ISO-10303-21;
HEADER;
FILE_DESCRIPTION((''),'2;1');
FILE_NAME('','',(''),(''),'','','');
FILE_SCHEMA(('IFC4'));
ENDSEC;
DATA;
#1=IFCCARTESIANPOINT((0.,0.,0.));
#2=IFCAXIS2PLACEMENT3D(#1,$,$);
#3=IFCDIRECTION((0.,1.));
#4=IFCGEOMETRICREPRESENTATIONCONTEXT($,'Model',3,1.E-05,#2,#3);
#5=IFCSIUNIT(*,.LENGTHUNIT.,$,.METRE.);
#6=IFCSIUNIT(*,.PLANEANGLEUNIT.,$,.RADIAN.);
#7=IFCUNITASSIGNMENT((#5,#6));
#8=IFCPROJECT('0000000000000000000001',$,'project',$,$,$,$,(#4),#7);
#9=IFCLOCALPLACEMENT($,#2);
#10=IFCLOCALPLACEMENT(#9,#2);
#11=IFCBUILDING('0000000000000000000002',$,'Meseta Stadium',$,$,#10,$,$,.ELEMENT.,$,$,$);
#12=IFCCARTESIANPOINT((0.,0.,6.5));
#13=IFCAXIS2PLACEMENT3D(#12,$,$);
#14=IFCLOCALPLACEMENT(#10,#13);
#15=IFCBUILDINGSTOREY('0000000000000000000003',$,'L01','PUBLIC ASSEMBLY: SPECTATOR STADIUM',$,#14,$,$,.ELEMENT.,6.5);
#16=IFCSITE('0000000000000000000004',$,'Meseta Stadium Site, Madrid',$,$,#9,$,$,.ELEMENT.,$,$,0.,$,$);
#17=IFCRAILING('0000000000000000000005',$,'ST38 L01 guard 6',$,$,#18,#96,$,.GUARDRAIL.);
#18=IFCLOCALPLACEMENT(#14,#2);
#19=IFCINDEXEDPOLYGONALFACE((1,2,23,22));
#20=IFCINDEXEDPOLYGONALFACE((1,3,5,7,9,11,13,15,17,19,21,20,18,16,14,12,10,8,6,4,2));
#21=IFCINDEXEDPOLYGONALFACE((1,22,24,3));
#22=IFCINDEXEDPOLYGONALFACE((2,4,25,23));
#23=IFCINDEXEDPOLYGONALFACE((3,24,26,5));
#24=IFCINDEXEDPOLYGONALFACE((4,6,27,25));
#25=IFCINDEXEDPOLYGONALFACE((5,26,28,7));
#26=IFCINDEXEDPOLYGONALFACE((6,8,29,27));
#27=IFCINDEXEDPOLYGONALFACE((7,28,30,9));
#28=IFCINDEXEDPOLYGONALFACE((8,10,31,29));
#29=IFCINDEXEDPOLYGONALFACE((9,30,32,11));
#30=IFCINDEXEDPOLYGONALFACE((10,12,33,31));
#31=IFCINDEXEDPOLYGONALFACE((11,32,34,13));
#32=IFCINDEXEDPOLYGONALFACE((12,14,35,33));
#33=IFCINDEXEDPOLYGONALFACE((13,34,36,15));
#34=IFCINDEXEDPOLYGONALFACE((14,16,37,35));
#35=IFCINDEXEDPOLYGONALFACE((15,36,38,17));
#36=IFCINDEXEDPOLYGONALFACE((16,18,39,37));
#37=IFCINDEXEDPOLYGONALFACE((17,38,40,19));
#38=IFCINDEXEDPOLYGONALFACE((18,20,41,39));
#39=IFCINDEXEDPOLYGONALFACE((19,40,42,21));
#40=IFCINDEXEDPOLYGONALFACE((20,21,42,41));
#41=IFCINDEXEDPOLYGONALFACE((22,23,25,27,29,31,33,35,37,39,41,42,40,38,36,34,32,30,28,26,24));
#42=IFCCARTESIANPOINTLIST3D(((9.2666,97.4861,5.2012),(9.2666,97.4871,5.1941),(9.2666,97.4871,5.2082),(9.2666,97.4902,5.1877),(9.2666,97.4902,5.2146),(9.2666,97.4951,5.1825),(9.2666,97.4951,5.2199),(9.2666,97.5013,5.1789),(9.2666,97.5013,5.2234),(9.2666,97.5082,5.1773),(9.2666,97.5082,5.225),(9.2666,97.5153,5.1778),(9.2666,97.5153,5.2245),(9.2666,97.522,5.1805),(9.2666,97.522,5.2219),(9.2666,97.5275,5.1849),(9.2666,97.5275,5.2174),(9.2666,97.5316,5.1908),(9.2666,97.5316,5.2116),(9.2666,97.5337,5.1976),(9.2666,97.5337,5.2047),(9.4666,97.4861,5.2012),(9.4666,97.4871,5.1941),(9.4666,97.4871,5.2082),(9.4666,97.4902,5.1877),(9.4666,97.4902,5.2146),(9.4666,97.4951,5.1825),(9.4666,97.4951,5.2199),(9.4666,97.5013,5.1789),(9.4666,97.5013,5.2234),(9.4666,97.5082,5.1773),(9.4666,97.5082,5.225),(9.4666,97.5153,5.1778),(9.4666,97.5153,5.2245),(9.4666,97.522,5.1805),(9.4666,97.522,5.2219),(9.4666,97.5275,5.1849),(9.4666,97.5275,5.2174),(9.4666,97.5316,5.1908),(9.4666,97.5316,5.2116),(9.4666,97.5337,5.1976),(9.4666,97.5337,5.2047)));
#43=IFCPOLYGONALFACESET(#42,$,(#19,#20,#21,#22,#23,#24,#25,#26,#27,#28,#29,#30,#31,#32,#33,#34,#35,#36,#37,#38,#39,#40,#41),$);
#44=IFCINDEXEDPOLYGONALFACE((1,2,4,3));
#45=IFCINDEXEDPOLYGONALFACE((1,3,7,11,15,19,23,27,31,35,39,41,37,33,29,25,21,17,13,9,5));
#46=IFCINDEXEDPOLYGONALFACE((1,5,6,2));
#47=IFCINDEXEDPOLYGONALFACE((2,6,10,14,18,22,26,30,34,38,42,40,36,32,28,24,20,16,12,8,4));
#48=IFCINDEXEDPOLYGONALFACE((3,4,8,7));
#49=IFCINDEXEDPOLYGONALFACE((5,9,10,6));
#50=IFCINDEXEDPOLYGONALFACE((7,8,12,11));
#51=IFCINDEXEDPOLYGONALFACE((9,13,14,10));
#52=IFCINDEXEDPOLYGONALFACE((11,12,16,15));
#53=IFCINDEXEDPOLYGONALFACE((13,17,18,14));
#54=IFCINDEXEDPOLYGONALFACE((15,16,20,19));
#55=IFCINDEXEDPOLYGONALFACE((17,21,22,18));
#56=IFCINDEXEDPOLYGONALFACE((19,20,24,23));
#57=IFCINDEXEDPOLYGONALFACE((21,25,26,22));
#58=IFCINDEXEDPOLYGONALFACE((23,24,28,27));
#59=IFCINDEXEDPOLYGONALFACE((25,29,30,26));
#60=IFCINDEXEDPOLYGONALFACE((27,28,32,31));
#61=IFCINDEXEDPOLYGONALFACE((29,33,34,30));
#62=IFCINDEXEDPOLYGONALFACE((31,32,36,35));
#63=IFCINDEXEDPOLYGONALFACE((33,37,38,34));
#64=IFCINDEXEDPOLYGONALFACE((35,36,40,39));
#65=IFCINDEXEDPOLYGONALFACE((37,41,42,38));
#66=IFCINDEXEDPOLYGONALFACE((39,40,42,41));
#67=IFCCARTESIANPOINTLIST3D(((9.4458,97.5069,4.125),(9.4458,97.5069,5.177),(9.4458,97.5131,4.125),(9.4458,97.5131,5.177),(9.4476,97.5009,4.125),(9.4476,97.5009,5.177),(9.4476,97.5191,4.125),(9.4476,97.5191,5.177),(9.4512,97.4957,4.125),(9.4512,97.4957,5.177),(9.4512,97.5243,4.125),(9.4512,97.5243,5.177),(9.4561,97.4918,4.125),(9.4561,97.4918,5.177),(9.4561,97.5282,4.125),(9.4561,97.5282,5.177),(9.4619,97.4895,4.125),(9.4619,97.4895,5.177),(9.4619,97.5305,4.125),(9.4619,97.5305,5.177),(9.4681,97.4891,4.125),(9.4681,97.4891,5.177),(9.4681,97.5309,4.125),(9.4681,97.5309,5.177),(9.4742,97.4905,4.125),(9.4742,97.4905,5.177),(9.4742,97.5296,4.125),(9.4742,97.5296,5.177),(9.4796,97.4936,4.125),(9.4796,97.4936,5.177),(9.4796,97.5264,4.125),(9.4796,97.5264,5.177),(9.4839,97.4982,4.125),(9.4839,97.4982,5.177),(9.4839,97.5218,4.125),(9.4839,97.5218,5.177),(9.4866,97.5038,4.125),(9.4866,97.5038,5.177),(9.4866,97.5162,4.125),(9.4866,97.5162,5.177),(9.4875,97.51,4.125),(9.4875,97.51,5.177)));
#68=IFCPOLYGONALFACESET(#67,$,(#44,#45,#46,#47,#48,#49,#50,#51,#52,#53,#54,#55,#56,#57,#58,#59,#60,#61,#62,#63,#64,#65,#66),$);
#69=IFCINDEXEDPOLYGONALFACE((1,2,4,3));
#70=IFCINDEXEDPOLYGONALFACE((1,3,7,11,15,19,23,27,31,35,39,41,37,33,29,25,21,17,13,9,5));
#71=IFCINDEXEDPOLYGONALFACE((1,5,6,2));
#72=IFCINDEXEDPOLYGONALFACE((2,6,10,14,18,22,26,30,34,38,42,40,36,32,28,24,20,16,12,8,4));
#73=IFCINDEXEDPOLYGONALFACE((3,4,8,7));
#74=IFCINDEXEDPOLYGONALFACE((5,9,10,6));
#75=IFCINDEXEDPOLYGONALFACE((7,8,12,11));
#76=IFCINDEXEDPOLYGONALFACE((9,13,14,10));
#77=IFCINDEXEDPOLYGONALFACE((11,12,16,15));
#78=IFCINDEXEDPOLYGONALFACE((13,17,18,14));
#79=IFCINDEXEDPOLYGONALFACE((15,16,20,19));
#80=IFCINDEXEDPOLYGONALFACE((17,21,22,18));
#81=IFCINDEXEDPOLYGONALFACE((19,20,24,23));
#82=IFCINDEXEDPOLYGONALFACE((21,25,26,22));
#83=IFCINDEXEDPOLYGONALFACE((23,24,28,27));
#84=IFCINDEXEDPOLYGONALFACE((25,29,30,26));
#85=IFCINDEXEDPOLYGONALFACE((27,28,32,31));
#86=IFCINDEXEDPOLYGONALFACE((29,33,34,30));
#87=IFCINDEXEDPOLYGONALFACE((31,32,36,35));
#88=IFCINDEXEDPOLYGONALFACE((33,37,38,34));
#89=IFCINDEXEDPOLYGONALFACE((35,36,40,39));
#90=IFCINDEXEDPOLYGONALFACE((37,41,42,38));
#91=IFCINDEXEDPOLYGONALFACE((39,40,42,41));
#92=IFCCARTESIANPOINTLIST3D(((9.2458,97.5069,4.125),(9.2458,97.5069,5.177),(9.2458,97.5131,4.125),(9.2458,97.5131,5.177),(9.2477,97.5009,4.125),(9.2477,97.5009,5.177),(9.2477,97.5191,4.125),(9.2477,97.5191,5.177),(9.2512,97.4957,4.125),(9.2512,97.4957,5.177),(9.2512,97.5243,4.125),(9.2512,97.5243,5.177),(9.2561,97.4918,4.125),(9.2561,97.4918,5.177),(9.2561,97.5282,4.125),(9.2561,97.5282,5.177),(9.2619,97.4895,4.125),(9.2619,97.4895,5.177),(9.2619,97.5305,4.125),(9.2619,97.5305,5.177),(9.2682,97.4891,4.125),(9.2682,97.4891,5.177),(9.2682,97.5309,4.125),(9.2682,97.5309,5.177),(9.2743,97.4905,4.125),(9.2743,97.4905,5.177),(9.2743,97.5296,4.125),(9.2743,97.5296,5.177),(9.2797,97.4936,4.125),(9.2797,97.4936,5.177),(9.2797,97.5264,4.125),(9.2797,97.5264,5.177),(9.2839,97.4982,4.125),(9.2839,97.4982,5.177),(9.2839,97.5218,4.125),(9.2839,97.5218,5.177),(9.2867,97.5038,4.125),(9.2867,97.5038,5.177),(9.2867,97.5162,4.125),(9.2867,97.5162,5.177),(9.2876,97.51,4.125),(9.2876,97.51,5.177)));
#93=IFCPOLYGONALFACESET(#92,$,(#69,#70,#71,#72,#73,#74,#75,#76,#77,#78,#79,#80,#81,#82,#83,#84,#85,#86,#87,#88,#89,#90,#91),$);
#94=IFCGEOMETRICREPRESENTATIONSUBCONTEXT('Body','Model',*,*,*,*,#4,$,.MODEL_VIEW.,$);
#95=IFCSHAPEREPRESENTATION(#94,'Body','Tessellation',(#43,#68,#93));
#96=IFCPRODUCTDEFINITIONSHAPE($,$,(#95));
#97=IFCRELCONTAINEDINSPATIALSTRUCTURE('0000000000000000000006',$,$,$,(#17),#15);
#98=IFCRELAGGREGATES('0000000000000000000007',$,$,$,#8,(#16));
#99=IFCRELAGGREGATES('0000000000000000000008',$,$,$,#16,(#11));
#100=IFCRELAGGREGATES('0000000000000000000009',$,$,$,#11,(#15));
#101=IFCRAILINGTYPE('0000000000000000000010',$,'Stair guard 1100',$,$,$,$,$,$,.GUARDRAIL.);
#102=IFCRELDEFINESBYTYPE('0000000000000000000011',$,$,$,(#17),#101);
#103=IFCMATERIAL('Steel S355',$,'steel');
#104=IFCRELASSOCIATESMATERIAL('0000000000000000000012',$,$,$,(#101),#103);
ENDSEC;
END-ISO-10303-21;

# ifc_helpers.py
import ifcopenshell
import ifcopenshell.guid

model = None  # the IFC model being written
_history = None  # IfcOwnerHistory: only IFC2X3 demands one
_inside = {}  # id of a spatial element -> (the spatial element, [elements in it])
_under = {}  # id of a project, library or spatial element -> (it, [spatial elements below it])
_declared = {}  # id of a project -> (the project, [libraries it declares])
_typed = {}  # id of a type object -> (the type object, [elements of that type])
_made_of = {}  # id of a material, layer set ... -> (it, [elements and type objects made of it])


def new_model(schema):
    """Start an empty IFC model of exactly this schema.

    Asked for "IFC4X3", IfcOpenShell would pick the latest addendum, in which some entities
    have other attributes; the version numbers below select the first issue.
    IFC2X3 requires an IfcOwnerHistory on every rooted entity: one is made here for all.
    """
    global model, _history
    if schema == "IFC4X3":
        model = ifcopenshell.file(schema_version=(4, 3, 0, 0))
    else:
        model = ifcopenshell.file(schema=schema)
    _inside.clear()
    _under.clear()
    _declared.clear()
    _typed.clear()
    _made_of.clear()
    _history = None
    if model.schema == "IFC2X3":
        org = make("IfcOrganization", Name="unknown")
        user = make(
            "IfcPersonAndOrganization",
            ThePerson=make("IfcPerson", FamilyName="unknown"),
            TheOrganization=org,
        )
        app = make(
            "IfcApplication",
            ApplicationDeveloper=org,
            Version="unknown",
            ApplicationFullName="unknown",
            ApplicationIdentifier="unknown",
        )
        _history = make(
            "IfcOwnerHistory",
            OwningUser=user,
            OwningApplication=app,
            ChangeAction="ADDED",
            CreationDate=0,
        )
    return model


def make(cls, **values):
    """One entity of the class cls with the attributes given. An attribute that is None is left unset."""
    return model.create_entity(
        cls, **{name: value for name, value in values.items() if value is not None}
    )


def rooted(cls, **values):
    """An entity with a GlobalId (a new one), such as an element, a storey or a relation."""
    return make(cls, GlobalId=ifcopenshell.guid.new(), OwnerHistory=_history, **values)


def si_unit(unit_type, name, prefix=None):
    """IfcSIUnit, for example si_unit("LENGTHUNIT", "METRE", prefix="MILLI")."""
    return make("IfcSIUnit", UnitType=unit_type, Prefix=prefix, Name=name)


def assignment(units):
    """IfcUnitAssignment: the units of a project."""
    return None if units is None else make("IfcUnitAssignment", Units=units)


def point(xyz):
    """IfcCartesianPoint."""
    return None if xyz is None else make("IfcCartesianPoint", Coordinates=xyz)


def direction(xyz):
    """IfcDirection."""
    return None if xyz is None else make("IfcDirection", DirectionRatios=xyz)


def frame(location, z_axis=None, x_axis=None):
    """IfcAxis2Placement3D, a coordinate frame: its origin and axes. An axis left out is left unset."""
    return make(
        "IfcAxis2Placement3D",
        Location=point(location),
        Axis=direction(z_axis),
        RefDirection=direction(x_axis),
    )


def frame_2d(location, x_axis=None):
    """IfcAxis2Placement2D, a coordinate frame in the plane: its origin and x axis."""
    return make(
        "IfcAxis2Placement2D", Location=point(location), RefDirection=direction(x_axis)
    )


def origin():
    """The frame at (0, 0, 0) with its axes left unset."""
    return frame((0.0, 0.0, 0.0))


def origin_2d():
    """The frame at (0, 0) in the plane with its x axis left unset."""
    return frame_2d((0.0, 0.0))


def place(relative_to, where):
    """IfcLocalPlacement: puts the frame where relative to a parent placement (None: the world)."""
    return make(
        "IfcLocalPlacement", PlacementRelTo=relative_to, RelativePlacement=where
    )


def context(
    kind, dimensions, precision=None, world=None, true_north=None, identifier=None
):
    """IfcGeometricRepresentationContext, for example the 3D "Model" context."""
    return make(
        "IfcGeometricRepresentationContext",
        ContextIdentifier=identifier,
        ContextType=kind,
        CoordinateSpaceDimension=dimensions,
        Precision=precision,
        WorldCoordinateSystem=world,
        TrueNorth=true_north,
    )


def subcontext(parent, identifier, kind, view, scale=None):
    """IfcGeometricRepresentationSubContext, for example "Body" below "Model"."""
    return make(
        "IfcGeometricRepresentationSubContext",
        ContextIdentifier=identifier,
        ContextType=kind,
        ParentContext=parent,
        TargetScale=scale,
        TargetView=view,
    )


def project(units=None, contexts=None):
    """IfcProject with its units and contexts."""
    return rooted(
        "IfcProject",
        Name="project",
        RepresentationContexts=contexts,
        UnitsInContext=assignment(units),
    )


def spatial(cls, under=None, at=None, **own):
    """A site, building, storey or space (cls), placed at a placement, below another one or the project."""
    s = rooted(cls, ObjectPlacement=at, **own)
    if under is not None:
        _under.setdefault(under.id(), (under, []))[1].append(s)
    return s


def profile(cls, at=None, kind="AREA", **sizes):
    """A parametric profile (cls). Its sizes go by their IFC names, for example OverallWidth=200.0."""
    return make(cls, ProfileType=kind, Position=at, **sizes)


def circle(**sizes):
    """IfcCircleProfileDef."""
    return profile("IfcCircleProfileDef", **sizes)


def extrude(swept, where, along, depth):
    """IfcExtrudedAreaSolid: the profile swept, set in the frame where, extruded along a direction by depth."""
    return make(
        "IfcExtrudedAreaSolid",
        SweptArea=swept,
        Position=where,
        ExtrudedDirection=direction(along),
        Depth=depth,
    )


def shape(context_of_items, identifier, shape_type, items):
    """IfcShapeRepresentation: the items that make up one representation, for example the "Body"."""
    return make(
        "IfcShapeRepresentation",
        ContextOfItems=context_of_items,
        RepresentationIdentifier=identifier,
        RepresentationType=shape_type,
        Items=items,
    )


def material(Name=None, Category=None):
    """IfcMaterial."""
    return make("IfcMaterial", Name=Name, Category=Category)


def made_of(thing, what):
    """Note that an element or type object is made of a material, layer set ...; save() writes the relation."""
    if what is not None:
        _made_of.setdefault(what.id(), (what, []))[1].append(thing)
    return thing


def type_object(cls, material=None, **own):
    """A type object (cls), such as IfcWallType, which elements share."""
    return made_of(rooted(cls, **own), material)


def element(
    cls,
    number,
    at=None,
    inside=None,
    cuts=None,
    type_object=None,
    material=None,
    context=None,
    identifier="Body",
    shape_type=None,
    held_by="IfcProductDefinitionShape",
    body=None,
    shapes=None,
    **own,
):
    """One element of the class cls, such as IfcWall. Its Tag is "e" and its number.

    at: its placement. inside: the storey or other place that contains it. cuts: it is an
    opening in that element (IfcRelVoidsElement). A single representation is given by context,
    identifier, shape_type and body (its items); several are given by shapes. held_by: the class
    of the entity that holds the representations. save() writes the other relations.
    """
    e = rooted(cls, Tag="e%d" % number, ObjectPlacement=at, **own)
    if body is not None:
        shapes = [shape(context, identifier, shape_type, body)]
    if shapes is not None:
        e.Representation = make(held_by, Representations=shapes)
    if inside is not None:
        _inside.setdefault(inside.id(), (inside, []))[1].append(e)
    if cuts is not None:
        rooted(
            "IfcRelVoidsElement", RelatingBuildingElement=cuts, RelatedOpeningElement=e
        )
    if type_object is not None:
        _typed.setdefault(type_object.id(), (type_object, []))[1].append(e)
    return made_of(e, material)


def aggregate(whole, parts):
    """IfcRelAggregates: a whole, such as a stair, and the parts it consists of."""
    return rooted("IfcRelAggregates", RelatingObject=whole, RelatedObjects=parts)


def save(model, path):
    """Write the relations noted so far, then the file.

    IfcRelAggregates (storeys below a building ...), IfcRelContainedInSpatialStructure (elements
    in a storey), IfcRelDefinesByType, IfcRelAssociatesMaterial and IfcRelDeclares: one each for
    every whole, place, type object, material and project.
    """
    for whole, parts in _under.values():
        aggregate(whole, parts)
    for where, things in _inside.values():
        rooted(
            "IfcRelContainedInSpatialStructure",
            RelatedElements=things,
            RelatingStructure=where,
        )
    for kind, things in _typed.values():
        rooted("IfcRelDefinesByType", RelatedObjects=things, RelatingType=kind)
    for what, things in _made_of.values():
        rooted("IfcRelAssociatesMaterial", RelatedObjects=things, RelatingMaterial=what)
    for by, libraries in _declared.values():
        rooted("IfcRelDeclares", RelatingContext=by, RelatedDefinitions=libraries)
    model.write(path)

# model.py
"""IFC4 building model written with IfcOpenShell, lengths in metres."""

from ifc_helpers import new_model, si_unit, direction, frame, origin, origin_2d, place, context, subcontext, project, spatial, circle, extrude, material, type_object, element, save


model = new_model("IFC4")

# Units and contexts
model_context = context("Model", 3, precision=1e-05, world=origin(), true_north=direction((0.0, 1.0)))
body_context = subcontext(model_context, "Body", "Model", "MODEL_VIEW")
ifc_project = project(units=[si_unit("LENGTHUNIT", "METRE"), si_unit("PLANEANGLEUNIT", "RADIAN")], contexts=[model_context])

# Site, building, storey
site_placement = place(None, origin())
site = spatial("IfcSite", under=ifc_project, at=site_placement, Name="Meseta Stadium Site, Madrid", CompositionType="ELEMENT", RefElevation=0.0)
building_placement = place(site_placement, origin())
building = spatial("IfcBuilding", under=site, at=building_placement, Name="Meseta Stadium", CompositionType="ELEMENT")
storey_placement = place(building_placement, frame((0.0, 0.0, 6.5)))
storey = spatial("IfcBuildingStorey", under=building, at=storey_placement, Name="L01", Description="PUBLIC ASSEMBLY: SPECTATOR STADIUM", CompositionType="ELEMENT", Elevation=6.5)

# Railing
ifc_material_1 = material(Name="Steel S355", Category="steel")
railing_type_1 = type_object("IfcRailingType", Name="Stair guard 1100", PredefinedType="GUARDRAIL", material=ifc_material_1)
railing_1_placement = place(storey_placement, frame((9.4666, 97.51, 4.125)))
element("IfcRailing", 1, at=railing_1_placement, inside=storey, type_object=railing_type_1, Name="ST38 L01 guard 6", PredefinedType="GUARDRAIL", context=body_context, shape_type="SweptSolid", body=[
    extrude(circle(Radius=0.0239, at=origin_2d()), frame((0.0, 0.0, 1.0762), z_axis=(-1.0, 0.0, 0.0), x_axis=(0.0, -1.0, 0.0)), (0.0, 0.0, 1.0), 0.2),
    extrude(circle(Radius=0.021, at=origin_2d()), origin(), (0.0, 0.0, 1.0), 1.052),
    extrude(circle(Radius=0.021, at=origin_2d()), frame((-0.2, 0.0, 0.0)), (0.0, 0.0, 1.0), 1.052),
])

save(model, "model.ifc")
